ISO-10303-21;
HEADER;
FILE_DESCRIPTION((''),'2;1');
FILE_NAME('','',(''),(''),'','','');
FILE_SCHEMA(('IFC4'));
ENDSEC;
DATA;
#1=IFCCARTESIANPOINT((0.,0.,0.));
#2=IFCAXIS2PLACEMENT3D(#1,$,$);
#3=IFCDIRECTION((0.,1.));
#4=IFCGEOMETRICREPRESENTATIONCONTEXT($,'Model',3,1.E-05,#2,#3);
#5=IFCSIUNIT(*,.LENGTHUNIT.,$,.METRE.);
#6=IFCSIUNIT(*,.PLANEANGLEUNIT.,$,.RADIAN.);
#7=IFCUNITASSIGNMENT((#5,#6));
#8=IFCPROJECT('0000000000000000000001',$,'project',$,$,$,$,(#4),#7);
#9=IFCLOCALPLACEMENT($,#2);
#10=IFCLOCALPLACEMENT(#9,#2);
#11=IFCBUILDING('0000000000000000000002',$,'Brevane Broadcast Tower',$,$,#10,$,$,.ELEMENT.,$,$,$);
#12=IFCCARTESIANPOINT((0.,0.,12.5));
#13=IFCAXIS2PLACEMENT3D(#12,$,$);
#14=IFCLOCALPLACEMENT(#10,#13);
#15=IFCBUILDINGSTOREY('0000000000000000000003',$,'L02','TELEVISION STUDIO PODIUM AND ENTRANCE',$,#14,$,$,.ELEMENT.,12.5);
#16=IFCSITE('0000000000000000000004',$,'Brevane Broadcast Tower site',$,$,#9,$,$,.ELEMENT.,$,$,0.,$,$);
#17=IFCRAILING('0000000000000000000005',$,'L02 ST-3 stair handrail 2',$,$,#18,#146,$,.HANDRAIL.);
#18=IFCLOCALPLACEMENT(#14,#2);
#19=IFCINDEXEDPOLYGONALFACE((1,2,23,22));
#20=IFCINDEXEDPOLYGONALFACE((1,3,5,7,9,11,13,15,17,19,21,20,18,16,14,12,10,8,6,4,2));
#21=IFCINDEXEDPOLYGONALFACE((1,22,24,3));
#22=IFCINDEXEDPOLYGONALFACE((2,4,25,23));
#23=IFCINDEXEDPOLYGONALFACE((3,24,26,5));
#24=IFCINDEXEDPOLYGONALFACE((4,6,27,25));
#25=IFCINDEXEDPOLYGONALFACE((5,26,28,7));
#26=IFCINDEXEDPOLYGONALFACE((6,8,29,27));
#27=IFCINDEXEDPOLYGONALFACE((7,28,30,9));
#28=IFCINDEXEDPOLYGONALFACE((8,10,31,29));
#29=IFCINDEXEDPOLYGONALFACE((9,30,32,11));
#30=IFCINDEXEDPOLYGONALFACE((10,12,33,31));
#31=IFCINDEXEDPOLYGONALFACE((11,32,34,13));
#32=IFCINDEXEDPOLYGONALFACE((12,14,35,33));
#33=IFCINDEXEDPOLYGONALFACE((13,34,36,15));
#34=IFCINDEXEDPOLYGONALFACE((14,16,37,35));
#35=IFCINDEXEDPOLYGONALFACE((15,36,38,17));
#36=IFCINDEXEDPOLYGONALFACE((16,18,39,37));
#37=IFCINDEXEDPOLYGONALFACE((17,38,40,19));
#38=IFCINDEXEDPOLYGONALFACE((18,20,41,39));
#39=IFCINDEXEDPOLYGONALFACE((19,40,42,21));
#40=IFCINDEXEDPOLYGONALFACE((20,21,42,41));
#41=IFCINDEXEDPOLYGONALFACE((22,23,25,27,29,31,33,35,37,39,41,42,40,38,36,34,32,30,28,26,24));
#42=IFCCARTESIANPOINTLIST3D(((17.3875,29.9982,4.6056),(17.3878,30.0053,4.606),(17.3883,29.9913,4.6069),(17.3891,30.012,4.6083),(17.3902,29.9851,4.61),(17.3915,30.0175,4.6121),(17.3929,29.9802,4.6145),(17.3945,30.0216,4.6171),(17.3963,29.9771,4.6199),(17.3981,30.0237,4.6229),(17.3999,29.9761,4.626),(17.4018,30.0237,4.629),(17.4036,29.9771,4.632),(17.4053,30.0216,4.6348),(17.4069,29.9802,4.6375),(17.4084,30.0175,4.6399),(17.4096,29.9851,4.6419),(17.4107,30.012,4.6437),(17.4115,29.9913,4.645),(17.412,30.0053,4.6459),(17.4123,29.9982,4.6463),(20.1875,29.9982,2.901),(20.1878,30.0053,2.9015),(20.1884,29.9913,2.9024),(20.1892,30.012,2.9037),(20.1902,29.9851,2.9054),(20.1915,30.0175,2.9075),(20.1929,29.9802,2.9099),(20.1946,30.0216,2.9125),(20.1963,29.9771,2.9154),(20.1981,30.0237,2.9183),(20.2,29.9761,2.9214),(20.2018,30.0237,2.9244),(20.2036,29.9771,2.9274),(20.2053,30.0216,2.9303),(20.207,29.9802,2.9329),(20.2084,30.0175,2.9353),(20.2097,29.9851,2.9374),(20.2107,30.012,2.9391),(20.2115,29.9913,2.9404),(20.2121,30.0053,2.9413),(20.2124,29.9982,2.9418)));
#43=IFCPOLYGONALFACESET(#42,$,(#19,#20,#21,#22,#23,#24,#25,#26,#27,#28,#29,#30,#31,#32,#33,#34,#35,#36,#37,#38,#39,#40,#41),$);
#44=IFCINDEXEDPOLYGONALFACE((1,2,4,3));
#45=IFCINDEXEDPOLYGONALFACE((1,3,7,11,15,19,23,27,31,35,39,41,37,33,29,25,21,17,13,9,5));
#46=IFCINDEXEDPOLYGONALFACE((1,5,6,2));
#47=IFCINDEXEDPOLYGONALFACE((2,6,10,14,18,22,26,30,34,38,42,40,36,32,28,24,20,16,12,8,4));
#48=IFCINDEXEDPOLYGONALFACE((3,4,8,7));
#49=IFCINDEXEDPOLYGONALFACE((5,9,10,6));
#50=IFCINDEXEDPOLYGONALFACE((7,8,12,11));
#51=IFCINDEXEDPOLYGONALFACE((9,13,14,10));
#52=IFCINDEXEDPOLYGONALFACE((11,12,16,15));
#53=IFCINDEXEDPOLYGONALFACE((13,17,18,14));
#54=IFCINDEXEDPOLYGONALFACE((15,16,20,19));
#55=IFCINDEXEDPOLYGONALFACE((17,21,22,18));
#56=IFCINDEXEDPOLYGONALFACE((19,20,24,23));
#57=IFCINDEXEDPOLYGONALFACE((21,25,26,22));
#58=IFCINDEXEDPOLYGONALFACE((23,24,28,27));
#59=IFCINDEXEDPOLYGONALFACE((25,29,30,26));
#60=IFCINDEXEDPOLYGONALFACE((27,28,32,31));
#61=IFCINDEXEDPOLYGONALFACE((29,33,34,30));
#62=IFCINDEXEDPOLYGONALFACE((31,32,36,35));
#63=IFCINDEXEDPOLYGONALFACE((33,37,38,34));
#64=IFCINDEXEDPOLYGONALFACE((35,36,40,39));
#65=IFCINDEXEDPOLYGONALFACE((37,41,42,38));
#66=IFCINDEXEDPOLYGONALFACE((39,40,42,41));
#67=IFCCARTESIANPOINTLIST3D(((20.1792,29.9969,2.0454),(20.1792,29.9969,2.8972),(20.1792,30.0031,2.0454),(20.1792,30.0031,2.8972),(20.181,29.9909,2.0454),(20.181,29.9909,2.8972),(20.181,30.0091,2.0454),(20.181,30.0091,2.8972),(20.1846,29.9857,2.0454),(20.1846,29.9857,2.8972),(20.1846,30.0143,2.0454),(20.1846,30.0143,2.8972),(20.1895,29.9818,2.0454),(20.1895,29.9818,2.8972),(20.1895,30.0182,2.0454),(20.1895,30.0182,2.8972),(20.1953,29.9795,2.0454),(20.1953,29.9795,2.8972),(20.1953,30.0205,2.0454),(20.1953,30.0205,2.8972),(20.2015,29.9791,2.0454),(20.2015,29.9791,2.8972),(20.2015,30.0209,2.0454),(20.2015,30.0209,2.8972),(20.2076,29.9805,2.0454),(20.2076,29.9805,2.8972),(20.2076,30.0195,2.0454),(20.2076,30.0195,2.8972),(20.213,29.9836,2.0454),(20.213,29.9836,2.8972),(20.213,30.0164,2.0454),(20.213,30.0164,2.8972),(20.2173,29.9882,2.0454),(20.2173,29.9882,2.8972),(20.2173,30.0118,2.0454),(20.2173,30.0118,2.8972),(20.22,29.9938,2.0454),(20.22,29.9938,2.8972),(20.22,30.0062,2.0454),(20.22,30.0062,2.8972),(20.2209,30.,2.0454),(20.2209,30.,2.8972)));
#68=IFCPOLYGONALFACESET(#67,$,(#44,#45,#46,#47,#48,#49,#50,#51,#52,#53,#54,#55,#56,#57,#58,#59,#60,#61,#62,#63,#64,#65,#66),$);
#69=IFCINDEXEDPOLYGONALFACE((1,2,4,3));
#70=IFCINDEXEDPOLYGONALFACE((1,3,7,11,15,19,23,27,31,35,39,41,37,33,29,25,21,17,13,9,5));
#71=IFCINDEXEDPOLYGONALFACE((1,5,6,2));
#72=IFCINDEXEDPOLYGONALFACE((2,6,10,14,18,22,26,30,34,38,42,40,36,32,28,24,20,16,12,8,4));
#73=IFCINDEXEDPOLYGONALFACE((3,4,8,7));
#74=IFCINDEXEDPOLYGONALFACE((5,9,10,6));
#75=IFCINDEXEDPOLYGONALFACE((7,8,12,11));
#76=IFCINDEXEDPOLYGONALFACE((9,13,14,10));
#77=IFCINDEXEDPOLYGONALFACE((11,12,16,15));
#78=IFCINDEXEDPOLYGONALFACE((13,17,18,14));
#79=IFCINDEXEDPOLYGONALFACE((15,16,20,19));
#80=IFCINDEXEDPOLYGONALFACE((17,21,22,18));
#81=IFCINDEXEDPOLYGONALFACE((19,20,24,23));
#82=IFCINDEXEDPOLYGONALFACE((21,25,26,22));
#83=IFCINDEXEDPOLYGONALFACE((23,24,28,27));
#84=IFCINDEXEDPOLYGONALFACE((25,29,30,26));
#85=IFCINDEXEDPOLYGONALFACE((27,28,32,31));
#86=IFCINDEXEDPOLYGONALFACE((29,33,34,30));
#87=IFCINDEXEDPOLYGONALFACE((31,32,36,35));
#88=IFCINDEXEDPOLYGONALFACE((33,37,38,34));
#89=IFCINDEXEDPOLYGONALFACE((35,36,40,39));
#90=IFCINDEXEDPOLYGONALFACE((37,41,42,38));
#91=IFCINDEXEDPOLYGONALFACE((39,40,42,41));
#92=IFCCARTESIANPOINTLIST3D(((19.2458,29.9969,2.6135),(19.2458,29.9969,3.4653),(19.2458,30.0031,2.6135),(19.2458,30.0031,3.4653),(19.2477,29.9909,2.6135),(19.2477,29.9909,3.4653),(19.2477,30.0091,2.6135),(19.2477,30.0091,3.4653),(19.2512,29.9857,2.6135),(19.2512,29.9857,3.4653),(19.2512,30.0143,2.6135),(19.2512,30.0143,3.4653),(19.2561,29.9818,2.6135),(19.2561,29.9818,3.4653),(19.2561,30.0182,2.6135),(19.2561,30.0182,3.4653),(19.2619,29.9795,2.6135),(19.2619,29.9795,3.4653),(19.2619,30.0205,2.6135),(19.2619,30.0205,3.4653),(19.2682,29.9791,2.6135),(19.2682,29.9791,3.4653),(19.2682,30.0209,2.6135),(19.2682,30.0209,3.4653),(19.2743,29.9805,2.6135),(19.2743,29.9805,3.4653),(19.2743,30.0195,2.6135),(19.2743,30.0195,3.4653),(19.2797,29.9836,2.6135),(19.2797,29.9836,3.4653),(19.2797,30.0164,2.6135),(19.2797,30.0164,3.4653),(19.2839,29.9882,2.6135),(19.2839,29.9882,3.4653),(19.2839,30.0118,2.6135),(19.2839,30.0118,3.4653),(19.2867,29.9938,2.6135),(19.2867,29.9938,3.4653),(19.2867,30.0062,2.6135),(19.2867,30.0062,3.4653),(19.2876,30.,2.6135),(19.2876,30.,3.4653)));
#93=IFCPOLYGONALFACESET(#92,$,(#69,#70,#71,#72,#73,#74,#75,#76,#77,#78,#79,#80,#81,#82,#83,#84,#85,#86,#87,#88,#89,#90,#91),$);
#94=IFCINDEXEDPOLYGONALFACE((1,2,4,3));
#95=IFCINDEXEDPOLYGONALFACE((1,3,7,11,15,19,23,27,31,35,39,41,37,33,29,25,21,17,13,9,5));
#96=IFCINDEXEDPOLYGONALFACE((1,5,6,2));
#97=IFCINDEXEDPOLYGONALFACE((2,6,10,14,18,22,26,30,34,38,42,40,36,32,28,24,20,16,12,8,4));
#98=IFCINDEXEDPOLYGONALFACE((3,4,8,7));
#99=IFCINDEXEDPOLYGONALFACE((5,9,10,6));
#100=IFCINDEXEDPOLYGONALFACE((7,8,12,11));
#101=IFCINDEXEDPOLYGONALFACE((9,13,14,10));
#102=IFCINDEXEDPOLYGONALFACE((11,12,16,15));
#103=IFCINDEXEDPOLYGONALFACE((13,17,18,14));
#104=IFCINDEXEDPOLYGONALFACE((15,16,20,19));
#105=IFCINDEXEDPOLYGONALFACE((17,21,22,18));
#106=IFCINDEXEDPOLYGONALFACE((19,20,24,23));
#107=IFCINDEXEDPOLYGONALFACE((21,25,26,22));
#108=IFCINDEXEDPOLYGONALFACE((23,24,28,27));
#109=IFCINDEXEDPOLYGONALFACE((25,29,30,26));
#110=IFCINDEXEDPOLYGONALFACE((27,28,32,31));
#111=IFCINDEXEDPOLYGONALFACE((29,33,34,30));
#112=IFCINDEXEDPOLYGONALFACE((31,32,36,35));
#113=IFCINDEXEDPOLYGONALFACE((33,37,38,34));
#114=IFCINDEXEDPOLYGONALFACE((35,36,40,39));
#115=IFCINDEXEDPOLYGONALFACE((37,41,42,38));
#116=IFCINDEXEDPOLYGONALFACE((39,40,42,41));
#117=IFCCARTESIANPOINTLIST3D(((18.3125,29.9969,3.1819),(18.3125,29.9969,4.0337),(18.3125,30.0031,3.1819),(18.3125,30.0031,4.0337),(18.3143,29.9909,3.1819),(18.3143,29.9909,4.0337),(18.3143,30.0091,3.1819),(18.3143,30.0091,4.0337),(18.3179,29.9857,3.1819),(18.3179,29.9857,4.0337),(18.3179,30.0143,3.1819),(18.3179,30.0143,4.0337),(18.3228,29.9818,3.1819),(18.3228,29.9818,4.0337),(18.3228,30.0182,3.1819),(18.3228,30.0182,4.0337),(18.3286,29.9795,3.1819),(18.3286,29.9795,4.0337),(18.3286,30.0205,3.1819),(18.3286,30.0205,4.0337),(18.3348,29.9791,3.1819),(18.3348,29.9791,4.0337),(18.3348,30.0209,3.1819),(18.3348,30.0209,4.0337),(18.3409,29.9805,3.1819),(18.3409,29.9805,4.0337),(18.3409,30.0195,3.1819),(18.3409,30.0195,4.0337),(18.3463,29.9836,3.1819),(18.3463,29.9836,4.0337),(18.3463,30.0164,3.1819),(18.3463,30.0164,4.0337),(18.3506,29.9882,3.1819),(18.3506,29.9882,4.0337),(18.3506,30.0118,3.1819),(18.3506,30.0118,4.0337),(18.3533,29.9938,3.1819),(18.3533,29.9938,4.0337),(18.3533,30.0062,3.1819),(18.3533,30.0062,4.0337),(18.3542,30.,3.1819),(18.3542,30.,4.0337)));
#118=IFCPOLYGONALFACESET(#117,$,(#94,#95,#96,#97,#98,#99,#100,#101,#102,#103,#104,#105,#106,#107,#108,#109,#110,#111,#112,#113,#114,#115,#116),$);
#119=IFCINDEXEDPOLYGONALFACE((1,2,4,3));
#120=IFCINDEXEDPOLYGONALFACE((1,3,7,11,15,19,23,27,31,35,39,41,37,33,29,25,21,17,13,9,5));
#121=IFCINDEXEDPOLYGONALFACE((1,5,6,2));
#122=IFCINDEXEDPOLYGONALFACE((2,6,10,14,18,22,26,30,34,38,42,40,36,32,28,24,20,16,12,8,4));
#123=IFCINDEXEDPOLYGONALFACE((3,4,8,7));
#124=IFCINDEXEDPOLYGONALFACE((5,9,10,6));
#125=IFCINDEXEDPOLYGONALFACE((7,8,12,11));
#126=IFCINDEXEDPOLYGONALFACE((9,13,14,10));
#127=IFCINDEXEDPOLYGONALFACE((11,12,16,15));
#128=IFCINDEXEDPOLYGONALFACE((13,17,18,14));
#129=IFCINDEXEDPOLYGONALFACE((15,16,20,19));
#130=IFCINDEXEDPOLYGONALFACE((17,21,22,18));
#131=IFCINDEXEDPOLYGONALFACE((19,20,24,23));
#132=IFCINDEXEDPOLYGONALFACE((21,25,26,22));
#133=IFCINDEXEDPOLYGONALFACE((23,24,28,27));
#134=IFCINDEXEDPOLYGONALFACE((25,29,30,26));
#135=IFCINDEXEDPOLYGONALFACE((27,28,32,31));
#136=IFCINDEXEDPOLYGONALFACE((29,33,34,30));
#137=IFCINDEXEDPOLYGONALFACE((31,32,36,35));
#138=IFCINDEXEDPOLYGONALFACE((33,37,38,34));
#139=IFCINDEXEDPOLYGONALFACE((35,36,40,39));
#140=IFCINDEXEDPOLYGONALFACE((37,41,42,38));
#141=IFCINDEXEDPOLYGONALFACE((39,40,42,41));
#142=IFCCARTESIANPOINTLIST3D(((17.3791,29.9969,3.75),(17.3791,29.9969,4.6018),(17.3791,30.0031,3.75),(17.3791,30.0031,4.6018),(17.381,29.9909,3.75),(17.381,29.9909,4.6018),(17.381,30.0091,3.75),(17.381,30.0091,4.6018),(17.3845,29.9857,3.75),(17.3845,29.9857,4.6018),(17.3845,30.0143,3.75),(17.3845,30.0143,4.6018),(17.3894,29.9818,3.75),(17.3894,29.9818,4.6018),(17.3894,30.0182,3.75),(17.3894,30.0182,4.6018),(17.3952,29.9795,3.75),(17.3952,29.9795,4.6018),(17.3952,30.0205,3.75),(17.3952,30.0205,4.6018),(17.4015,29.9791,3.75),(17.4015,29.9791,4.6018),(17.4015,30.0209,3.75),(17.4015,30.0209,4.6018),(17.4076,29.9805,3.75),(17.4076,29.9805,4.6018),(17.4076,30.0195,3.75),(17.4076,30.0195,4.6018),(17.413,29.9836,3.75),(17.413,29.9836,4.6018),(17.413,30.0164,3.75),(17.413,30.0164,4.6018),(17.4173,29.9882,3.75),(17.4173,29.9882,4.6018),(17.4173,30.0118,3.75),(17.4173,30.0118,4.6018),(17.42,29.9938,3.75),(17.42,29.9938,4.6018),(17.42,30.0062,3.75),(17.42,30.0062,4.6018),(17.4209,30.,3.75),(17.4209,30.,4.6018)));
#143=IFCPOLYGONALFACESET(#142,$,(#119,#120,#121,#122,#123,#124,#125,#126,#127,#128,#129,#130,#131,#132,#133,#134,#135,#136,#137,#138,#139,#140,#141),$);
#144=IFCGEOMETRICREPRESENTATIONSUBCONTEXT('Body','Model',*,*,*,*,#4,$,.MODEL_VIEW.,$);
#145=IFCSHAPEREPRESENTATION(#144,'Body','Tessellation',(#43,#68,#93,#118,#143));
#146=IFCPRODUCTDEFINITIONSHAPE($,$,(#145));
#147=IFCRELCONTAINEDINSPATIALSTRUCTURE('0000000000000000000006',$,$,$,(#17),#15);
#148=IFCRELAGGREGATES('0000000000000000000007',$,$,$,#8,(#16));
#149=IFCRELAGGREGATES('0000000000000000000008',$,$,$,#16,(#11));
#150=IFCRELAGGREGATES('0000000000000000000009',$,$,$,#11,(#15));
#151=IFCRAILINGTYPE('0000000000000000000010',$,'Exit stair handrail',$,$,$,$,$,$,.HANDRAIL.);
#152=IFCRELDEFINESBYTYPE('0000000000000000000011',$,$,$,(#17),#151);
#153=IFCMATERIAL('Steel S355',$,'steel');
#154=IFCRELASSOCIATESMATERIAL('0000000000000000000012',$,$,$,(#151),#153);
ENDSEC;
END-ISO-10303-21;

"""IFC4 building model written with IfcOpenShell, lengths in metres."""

from ifc_helpers import new_model, si_unit, direction, frame, origin, origin_2d, place, context, subcontext, project, spatial, circle, extrude, material, type_object, element, save


model = new_model("IFC4")

# Units and contexts
model_context = context("Model", 3, precision=1e-05, world=origin(), true_north=direction((0.0, 1.0)))
body_context = subcontext(model_context, "Body", "Model", "MODEL_VIEW")
ifc_project = project(units=[si_unit("LENGTHUNIT", "METRE"), si_unit("PLANEANGLEUNIT", "RADIAN")], contexts=[model_context])

# Site, building, storey
site_placement = place(None, origin())
site = spatial("IfcSite", under=ifc_project, at=site_placement, Name="Brevane Broadcast Tower site", CompositionType="ELEMENT", RefElevation=0.0)
building_placement = place(site_placement, origin())
building = spatial("IfcBuilding", under=site, at=building_placement, Name="Brevane Broadcast Tower", CompositionType="ELEMENT")
storey_placement = place(building_placement, frame((0.0, 0.0, 12.5)))
storey = spatial("IfcBuildingStorey", under=building, at=storey_placement, Name="L02", Description="TELEVISION STUDIO PODIUM AND ENTRANCE", CompositionType="ELEMENT", Elevation=12.5)

# Railing
ifc_material_1 = material(Name="Steel S355", Category="steel")
railing_type_1 = type_object("IfcRailingType", Name="Exit stair handrail", PredefinedType="HANDRAIL", material=ifc_material_1)
railing_1_placement = place(storey_placement, frame((20.2, 30.0, 2.0454)))
element("IfcRailing", 1, at=railing_1_placement, inside=storey, type_object=railing_type_1, Name="L02 ST-3 stair handrail 2", PredefinedType="HANDRAIL", context=body_context, shape_type="SweptSolid", body=[
    extrude(circle(Radius=0.0239, at=origin_2d()), frame((0.0, 0.0, 0.876), z_axis=(-0.85417, 0.0, 0.519994), x_axis=(0.0, -1.0, 0.0)), (0.0, 0.0, 1.0), 3.2781),
    extrude(circle(Radius=0.021, at=origin_2d()), origin(), (0.0, 0.0, 1.0), 0.8518),
    extrude(circle(Radius=0.021, at=origin_2d()), frame((-0.9333, 0.0, 0.5681)), (0.0, 0.0, 1.0), 0.8518),
    extrude(circle(Radius=0.021, at=origin_2d()), frame((-1.8667, 0.0, 1.1365)), (0.0, 0.0, 1.0), 0.8518),
    extrude(circle(Radius=0.021, at=origin_2d()), frame((-2.8, 0.0, 1.7046)), (0.0, 0.0, 1.0), 0.8518),
])

save(model, "model.ifc")
